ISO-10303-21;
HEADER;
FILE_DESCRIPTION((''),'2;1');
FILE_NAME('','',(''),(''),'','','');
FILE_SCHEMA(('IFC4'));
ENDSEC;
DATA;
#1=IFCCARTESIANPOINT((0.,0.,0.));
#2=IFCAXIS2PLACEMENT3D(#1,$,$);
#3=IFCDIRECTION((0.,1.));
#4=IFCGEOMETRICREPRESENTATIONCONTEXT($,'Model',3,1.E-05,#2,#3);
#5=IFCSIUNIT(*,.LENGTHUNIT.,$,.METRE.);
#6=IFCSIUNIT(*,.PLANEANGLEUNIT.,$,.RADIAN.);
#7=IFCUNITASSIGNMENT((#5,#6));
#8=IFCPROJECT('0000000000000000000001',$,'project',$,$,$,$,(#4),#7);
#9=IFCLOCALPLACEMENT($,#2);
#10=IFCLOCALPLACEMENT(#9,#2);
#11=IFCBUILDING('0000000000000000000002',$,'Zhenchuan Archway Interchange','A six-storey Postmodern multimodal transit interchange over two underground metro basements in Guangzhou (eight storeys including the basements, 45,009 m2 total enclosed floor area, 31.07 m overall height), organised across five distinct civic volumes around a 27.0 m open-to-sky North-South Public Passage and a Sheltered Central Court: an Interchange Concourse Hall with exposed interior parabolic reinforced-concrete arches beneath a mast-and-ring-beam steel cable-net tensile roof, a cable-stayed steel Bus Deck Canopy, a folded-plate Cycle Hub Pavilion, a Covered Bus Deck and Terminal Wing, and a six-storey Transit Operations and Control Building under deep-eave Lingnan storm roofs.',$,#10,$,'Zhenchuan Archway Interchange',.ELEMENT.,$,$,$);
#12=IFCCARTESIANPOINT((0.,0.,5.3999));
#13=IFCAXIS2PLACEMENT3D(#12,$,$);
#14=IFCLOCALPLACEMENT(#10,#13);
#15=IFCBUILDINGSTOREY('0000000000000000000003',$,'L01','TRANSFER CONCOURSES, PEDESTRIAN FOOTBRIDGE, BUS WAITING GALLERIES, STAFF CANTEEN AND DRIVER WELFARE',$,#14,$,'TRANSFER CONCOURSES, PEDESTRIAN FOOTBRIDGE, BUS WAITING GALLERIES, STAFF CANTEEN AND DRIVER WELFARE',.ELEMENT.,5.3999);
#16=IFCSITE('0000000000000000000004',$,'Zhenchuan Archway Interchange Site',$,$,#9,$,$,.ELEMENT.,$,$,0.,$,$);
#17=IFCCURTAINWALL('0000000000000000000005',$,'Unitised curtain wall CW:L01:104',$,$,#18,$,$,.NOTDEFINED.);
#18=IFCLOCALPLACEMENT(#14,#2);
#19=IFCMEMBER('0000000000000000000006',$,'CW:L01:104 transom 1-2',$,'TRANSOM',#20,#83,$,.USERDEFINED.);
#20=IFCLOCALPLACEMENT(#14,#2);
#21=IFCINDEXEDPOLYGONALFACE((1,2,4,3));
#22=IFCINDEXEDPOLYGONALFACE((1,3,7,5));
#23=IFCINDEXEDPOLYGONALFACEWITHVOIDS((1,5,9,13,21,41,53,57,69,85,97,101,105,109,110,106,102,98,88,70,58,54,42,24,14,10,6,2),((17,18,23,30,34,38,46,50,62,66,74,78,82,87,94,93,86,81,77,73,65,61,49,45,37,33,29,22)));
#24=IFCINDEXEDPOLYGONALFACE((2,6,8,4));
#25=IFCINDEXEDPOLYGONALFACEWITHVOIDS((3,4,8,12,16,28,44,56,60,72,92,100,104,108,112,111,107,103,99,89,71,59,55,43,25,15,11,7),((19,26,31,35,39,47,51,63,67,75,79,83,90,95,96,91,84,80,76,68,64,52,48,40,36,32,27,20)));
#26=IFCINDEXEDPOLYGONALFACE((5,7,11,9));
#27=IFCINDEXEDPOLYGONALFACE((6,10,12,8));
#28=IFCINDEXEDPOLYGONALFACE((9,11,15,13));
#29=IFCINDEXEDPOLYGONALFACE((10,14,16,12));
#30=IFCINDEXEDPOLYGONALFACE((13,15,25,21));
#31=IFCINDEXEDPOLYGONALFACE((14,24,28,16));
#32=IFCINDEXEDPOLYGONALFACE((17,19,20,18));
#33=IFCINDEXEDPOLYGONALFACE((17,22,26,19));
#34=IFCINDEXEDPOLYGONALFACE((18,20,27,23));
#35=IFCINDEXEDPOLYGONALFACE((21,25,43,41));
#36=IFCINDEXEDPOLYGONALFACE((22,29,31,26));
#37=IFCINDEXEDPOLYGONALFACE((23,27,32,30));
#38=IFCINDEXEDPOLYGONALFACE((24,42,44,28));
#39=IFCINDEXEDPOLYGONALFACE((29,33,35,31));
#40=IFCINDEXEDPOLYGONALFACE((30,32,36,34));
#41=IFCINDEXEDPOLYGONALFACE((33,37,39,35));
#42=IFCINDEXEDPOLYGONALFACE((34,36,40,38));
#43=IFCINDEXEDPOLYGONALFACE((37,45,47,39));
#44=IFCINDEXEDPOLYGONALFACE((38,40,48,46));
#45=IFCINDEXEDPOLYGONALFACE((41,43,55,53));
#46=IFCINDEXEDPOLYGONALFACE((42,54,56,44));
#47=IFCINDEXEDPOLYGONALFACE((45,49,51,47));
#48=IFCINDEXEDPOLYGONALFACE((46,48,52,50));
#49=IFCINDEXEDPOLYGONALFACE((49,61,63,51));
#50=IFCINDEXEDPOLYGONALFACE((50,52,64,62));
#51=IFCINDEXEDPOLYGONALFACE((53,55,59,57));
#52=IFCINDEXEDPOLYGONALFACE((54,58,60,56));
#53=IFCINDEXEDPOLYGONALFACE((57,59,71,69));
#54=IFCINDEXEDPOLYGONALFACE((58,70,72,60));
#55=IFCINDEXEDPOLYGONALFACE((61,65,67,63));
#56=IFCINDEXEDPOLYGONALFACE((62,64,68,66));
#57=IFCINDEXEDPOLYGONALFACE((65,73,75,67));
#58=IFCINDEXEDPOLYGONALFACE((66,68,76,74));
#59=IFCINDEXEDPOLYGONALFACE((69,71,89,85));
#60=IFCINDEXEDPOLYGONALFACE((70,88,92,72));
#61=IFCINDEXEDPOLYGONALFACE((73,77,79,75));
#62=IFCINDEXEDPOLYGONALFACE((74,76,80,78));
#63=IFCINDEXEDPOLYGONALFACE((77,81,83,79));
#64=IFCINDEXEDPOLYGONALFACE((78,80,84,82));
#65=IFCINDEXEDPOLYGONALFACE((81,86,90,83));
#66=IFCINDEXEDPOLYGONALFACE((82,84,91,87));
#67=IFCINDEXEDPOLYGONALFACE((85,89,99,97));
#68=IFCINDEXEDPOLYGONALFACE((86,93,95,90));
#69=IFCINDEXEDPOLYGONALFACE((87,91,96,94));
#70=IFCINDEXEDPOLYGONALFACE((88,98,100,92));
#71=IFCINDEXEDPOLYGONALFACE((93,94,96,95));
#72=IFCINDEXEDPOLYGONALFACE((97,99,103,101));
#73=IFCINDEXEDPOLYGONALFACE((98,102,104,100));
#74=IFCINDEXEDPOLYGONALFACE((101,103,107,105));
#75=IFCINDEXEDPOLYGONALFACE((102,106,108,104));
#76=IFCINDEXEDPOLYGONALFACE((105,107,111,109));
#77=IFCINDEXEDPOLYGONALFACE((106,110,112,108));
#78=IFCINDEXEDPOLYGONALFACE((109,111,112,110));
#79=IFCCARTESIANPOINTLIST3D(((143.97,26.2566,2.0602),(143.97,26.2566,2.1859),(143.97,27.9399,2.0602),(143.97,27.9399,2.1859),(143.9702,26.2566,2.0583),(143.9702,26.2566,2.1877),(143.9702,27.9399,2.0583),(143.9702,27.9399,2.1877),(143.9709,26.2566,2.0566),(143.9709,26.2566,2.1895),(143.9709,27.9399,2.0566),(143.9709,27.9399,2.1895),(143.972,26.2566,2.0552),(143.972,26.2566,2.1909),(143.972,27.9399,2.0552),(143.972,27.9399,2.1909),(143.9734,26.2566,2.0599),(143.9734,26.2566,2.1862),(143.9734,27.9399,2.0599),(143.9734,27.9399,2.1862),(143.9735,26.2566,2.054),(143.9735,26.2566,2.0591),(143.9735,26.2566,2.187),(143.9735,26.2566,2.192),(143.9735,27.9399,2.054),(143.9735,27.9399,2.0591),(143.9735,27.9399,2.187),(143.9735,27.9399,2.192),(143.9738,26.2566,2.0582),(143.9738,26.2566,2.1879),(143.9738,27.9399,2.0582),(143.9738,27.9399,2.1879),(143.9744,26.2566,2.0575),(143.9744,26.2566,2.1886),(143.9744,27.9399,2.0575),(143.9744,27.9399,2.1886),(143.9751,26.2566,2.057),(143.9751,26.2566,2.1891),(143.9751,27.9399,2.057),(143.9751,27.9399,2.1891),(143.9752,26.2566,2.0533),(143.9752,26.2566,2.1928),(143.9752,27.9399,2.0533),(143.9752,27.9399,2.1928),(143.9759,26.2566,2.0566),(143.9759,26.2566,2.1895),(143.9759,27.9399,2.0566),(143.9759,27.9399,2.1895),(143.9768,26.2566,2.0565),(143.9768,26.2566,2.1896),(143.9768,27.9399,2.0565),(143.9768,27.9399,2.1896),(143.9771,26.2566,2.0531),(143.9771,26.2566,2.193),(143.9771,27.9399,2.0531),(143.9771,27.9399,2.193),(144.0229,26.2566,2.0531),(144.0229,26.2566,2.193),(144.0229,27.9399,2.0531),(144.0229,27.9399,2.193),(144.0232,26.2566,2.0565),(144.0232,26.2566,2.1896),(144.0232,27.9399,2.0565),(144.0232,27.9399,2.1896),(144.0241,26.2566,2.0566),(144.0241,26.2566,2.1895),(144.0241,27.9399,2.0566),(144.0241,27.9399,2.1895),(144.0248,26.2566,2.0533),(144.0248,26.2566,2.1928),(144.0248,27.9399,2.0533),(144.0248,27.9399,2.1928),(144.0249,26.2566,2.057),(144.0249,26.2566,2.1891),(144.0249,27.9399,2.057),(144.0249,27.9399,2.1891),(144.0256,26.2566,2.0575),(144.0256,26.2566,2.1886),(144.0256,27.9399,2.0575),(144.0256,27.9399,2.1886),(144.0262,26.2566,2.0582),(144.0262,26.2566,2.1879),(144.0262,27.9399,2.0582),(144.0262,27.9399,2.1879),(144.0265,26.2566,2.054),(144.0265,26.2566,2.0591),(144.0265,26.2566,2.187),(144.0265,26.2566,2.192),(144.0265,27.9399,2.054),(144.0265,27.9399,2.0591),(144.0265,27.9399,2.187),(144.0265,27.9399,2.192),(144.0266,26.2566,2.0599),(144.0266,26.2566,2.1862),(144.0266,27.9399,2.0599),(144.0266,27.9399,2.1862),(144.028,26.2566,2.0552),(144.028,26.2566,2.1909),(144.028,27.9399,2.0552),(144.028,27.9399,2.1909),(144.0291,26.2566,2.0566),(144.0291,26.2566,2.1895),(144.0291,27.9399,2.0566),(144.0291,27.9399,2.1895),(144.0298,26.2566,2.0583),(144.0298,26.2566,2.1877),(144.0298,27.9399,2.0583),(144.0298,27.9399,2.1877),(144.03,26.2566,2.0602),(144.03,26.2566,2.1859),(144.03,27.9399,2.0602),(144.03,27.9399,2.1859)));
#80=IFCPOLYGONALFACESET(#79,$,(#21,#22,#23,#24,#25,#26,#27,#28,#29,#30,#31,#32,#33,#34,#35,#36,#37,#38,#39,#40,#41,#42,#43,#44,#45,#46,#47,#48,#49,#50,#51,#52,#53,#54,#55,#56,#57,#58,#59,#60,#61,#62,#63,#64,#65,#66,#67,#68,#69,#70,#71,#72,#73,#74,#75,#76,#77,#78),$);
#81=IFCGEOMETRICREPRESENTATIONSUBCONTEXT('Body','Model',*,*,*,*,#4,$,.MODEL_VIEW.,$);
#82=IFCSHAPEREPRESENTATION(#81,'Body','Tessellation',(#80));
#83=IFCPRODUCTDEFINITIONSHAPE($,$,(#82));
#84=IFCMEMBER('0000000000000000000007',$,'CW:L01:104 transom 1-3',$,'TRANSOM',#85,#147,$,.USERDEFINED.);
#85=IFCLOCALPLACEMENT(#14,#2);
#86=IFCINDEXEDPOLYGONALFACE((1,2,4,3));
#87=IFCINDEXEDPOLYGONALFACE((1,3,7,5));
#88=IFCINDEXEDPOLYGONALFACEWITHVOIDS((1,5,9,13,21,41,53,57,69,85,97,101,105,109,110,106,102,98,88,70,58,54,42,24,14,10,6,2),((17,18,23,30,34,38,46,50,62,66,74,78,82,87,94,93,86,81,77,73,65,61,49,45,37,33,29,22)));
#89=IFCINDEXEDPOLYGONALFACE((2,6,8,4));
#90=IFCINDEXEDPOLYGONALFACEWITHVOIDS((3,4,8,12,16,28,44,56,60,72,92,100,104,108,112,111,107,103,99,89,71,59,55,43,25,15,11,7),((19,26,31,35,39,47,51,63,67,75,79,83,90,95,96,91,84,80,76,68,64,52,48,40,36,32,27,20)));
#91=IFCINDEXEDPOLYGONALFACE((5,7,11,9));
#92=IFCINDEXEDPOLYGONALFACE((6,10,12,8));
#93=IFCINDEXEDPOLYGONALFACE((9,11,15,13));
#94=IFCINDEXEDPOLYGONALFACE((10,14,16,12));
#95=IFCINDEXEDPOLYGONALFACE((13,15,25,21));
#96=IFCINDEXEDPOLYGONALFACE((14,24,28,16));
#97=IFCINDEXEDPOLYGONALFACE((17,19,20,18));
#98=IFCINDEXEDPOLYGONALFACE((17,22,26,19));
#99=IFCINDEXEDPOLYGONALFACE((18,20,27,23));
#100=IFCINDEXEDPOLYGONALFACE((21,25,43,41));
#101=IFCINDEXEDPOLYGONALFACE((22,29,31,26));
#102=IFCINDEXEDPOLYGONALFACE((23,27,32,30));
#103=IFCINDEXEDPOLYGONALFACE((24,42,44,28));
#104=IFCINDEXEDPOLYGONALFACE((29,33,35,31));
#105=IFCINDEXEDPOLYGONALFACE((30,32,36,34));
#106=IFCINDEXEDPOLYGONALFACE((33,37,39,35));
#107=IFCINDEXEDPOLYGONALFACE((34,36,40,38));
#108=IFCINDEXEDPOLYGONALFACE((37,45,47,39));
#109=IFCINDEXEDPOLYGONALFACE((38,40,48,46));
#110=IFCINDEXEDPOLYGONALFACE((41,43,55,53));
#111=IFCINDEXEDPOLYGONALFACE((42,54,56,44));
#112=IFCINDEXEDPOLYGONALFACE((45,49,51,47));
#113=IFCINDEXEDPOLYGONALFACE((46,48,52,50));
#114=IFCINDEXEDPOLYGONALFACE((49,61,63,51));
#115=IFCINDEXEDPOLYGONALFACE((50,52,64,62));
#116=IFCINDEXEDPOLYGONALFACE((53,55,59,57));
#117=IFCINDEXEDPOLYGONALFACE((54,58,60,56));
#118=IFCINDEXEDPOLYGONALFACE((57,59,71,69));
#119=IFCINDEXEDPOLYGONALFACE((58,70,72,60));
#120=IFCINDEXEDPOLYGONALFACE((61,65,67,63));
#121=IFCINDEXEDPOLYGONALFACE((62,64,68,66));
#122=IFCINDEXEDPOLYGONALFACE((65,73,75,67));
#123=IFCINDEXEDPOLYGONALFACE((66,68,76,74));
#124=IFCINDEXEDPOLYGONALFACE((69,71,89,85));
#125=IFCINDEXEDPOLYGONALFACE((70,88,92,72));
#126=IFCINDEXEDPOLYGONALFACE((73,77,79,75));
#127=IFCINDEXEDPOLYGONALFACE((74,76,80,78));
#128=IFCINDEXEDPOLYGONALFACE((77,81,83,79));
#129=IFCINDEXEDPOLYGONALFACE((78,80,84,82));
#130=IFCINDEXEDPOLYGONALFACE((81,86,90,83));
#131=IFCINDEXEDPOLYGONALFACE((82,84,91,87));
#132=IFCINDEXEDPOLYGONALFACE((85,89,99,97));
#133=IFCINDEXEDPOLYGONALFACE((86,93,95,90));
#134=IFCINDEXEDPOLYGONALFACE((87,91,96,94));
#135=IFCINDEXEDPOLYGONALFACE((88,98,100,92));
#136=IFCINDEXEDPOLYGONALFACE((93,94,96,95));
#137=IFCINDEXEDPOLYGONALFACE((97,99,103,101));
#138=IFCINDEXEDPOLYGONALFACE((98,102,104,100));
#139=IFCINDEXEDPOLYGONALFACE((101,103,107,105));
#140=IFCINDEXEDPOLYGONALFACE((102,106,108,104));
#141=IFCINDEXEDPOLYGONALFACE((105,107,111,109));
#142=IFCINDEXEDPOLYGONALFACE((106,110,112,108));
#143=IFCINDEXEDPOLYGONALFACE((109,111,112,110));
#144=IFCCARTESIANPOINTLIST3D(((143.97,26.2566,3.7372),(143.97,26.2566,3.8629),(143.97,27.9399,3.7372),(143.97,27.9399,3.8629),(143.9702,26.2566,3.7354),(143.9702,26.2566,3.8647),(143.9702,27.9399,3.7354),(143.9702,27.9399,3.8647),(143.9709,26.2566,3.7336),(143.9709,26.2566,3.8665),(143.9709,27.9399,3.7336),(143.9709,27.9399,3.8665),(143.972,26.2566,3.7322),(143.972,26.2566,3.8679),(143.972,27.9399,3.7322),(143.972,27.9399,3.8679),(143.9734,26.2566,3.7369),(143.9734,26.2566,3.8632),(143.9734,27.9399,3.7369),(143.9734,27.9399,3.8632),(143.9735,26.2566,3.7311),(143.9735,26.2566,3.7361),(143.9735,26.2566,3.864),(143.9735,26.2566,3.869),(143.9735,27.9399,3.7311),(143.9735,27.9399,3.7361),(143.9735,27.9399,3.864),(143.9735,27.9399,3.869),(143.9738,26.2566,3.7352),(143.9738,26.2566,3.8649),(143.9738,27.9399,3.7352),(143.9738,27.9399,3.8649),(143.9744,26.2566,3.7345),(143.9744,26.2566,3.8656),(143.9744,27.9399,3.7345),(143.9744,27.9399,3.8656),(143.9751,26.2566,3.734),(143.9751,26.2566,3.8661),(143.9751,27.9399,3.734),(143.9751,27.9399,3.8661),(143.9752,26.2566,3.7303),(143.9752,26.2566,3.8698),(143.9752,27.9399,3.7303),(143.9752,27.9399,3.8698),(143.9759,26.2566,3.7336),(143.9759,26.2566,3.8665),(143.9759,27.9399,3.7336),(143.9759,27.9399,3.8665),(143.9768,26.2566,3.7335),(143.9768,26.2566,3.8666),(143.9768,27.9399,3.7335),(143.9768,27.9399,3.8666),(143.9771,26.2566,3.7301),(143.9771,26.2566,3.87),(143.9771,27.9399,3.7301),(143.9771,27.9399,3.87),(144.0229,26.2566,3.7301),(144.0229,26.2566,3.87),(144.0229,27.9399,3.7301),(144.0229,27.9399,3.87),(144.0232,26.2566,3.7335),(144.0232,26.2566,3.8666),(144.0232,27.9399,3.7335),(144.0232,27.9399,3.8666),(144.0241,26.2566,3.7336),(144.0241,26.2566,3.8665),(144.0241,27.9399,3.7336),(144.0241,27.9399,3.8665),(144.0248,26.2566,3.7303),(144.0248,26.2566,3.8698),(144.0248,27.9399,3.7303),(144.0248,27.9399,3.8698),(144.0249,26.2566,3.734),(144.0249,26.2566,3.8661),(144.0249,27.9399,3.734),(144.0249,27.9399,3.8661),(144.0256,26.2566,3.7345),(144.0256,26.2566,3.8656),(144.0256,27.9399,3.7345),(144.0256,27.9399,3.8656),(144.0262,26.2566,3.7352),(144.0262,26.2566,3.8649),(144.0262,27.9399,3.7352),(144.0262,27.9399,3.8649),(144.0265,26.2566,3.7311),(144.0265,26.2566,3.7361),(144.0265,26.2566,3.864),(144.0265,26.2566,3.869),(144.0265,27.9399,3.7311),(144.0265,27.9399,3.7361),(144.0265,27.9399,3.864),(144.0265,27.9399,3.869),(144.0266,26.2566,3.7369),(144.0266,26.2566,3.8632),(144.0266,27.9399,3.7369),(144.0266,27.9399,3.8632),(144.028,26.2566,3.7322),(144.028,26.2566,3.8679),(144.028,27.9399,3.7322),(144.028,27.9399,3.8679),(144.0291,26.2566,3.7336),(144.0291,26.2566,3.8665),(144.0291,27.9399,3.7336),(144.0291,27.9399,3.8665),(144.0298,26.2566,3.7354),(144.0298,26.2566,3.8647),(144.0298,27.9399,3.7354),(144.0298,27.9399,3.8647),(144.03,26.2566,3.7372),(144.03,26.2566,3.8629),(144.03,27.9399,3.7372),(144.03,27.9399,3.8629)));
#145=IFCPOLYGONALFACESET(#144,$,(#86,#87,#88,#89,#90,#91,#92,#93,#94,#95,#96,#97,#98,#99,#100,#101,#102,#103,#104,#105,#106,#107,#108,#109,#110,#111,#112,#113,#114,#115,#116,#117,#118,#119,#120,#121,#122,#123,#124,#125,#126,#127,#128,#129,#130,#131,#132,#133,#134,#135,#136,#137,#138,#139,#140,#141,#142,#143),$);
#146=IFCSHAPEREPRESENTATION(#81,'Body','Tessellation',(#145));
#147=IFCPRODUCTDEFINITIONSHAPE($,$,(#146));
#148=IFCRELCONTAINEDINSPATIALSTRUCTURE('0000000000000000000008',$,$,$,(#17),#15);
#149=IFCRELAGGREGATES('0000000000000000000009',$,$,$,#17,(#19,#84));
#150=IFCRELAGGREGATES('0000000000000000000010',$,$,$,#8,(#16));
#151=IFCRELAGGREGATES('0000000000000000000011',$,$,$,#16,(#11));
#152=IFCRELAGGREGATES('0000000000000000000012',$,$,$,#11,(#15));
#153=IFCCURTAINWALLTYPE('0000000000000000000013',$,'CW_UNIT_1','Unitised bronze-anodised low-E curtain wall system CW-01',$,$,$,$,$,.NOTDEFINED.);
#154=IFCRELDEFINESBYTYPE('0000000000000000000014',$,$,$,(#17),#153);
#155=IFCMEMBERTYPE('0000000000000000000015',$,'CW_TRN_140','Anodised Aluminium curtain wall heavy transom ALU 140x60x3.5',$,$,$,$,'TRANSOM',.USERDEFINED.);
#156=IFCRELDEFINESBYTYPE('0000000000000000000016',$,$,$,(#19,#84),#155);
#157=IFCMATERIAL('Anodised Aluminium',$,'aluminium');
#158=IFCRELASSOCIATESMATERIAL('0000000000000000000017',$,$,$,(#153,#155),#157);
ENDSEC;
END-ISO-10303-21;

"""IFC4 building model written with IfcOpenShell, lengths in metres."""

from ifc_helpers import new_model, si_unit, direction, frame, origin, origin_2d, place, context, subcontext, project, spatial, hollow_rectangle, extrude, material, material_profile, profile_set, type_object, element, aggregate, save


model = new_model("IFC4")

# Units and contexts
model_context = context("Model", 3, precision=1e-05, world=origin(), true_north=direction((0.0, 1.0)))
body_context = subcontext(model_context, "Body", "Model", "MODEL_VIEW")
ifc_project = project(units=[si_unit("LENGTHUNIT", "METRE"), si_unit("PLANEANGLEUNIT", "RADIAN")], contexts=[model_context])

# Site, building, storey
site_placement = place(None, origin())
site = spatial("IfcSite", under=ifc_project, at=site_placement, Name="Zhenchuan Archway Interchange Site", CompositionType="ELEMENT", RefElevation=0.0)
building_placement = place(site_placement, origin())
building = spatial("IfcBuilding", under=site, at=building_placement, Name="Zhenchuan Archway Interchange", Description="A six-storey Postmodern multimodal transit interchange over two underground metro basements in Guangzhou (eight storeys including the basements, 45,009 m2 total enclosed floor area, 31.07 m overall height), organised across five distinct civic volumes around a 27.0 m open-to-sky North-South Public Passage and a Sheltered Central Court: an Interchange Concourse Hall with exposed interior parabolic reinforced-concrete arches beneath a mast-and-ring-beam steel cable-net tensile roof, a cable-stayed steel Bus Deck Canopy, a folded-plate Cycle Hub Pavilion, a Covered Bus Deck and Terminal Wing, and a six-storey Transit Operations and Control Building under deep-eave Lingnan storm roofs.", LongName="Zhenchuan Archway Interchange", CompositionType="ELEMENT")
storey_placement = place(building_placement, frame((0.0, 0.0, 5.3999)))
storey = spatial("IfcBuildingStorey", under=building, at=storey_placement, Name="L01", Description="TRANSFER CONCOURSES, PEDESTRIAN FOOTBRIDGE, BUS WAITING GALLERIES, STAFF CANTEEN AND DRIVER WELFARE", LongName="TRANSFER CONCOURSES, PEDESTRIAN FOOTBRIDGE, BUS WAITING GALLERIES, STAFF CANTEEN AND DRIVER WELFARE", CompositionType="ELEMENT", Elevation=5.3999)

# Curtain wall, members
ifc_material_1 = material(Name="Anodised Aluminium", Category="aluminium")
curtain_wall_type = type_object("IfcCurtainWallType", Name="CW_UNIT_1", Description="Unitised bronze-anodised low-E curtain wall system CW-01", PredefinedType="NOTDEFINED", material=ifc_material_1)
curtain_wall_placement = place(storey_placement, origin())
curtain_wall = element("IfcCurtainWall", 1, at=curtain_wall_placement, inside=storey, type_object=curtain_wall_type, Name="Unitised curtain wall CW:L01:104", PredefinedType="NOTDEFINED")
ifc_material_profile_1 = material_profile(ifc_material_1, hollow_rectangle(XDim=0.0601, YDim=0.1399, WallThickness=0.0034, InnerFilletRadius=0.0034, OuterFilletRadius=0.0071, at=origin_2d()), Name="ALU 140x60x3.5")
ifc_profile_set_1 = profile_set([ifc_material_profile_1], Name="Anodised Aluminium")
member_type_1 = type_object("IfcMemberType", Name="CW_TRN_140", Description="Anodised Aluminium curtain wall heavy transom ALU 140x60x3.5", ElementType="TRANSOM", PredefinedType="USERDEFINED", material=ifc_profile_set_1)
member_1_placement = place(storey_placement, frame((144.0, 26.2566, 2.123), z_axis=(0.0, 1.0, 0.0), x_axis=(-1.0, 0.0, 0.0)))
member_1 = element("IfcMember", 2, at=member_1_placement, type_object=member_type_1, Name="CW:L01:104 transom 1-2", ObjectType="TRANSOM", PredefinedType="USERDEFINED", context=body_context, shape_type="SweptSolid", body=[
    extrude(hollow_rectangle(XDim=0.0601, YDim=0.1399, WallThickness=0.0034, InnerFilletRadius=0.0034, OuterFilletRadius=0.0071, at=origin_2d()), origin(), (0.0, 0.0, 1.0), 1.6833),
])
member_2_placement = place(storey_placement, frame((144.0, 26.2566, 3.8), z_axis=(0.0, 1.0, 0.0), x_axis=(-1.0, 0.0, 0.0)))
member_2 = element("IfcMember", 3, at=member_2_placement, type_object=member_type_1, Name="CW:L01:104 transom 1-3", ObjectType="TRANSOM", PredefinedType="USERDEFINED", context=body_context, shape_type="SweptSolid", body=[
    extrude(hollow_rectangle(XDim=0.0601, YDim=0.1399, WallThickness=0.0034, InnerFilletRadius=0.0034, OuterFilletRadius=0.0071, at=origin_2d()), origin(), (0.0, 0.0, 1.0), 1.6833),
])

aggregate(curtain_wall, [member_1, member_2])

save(model, "model.ifc")
